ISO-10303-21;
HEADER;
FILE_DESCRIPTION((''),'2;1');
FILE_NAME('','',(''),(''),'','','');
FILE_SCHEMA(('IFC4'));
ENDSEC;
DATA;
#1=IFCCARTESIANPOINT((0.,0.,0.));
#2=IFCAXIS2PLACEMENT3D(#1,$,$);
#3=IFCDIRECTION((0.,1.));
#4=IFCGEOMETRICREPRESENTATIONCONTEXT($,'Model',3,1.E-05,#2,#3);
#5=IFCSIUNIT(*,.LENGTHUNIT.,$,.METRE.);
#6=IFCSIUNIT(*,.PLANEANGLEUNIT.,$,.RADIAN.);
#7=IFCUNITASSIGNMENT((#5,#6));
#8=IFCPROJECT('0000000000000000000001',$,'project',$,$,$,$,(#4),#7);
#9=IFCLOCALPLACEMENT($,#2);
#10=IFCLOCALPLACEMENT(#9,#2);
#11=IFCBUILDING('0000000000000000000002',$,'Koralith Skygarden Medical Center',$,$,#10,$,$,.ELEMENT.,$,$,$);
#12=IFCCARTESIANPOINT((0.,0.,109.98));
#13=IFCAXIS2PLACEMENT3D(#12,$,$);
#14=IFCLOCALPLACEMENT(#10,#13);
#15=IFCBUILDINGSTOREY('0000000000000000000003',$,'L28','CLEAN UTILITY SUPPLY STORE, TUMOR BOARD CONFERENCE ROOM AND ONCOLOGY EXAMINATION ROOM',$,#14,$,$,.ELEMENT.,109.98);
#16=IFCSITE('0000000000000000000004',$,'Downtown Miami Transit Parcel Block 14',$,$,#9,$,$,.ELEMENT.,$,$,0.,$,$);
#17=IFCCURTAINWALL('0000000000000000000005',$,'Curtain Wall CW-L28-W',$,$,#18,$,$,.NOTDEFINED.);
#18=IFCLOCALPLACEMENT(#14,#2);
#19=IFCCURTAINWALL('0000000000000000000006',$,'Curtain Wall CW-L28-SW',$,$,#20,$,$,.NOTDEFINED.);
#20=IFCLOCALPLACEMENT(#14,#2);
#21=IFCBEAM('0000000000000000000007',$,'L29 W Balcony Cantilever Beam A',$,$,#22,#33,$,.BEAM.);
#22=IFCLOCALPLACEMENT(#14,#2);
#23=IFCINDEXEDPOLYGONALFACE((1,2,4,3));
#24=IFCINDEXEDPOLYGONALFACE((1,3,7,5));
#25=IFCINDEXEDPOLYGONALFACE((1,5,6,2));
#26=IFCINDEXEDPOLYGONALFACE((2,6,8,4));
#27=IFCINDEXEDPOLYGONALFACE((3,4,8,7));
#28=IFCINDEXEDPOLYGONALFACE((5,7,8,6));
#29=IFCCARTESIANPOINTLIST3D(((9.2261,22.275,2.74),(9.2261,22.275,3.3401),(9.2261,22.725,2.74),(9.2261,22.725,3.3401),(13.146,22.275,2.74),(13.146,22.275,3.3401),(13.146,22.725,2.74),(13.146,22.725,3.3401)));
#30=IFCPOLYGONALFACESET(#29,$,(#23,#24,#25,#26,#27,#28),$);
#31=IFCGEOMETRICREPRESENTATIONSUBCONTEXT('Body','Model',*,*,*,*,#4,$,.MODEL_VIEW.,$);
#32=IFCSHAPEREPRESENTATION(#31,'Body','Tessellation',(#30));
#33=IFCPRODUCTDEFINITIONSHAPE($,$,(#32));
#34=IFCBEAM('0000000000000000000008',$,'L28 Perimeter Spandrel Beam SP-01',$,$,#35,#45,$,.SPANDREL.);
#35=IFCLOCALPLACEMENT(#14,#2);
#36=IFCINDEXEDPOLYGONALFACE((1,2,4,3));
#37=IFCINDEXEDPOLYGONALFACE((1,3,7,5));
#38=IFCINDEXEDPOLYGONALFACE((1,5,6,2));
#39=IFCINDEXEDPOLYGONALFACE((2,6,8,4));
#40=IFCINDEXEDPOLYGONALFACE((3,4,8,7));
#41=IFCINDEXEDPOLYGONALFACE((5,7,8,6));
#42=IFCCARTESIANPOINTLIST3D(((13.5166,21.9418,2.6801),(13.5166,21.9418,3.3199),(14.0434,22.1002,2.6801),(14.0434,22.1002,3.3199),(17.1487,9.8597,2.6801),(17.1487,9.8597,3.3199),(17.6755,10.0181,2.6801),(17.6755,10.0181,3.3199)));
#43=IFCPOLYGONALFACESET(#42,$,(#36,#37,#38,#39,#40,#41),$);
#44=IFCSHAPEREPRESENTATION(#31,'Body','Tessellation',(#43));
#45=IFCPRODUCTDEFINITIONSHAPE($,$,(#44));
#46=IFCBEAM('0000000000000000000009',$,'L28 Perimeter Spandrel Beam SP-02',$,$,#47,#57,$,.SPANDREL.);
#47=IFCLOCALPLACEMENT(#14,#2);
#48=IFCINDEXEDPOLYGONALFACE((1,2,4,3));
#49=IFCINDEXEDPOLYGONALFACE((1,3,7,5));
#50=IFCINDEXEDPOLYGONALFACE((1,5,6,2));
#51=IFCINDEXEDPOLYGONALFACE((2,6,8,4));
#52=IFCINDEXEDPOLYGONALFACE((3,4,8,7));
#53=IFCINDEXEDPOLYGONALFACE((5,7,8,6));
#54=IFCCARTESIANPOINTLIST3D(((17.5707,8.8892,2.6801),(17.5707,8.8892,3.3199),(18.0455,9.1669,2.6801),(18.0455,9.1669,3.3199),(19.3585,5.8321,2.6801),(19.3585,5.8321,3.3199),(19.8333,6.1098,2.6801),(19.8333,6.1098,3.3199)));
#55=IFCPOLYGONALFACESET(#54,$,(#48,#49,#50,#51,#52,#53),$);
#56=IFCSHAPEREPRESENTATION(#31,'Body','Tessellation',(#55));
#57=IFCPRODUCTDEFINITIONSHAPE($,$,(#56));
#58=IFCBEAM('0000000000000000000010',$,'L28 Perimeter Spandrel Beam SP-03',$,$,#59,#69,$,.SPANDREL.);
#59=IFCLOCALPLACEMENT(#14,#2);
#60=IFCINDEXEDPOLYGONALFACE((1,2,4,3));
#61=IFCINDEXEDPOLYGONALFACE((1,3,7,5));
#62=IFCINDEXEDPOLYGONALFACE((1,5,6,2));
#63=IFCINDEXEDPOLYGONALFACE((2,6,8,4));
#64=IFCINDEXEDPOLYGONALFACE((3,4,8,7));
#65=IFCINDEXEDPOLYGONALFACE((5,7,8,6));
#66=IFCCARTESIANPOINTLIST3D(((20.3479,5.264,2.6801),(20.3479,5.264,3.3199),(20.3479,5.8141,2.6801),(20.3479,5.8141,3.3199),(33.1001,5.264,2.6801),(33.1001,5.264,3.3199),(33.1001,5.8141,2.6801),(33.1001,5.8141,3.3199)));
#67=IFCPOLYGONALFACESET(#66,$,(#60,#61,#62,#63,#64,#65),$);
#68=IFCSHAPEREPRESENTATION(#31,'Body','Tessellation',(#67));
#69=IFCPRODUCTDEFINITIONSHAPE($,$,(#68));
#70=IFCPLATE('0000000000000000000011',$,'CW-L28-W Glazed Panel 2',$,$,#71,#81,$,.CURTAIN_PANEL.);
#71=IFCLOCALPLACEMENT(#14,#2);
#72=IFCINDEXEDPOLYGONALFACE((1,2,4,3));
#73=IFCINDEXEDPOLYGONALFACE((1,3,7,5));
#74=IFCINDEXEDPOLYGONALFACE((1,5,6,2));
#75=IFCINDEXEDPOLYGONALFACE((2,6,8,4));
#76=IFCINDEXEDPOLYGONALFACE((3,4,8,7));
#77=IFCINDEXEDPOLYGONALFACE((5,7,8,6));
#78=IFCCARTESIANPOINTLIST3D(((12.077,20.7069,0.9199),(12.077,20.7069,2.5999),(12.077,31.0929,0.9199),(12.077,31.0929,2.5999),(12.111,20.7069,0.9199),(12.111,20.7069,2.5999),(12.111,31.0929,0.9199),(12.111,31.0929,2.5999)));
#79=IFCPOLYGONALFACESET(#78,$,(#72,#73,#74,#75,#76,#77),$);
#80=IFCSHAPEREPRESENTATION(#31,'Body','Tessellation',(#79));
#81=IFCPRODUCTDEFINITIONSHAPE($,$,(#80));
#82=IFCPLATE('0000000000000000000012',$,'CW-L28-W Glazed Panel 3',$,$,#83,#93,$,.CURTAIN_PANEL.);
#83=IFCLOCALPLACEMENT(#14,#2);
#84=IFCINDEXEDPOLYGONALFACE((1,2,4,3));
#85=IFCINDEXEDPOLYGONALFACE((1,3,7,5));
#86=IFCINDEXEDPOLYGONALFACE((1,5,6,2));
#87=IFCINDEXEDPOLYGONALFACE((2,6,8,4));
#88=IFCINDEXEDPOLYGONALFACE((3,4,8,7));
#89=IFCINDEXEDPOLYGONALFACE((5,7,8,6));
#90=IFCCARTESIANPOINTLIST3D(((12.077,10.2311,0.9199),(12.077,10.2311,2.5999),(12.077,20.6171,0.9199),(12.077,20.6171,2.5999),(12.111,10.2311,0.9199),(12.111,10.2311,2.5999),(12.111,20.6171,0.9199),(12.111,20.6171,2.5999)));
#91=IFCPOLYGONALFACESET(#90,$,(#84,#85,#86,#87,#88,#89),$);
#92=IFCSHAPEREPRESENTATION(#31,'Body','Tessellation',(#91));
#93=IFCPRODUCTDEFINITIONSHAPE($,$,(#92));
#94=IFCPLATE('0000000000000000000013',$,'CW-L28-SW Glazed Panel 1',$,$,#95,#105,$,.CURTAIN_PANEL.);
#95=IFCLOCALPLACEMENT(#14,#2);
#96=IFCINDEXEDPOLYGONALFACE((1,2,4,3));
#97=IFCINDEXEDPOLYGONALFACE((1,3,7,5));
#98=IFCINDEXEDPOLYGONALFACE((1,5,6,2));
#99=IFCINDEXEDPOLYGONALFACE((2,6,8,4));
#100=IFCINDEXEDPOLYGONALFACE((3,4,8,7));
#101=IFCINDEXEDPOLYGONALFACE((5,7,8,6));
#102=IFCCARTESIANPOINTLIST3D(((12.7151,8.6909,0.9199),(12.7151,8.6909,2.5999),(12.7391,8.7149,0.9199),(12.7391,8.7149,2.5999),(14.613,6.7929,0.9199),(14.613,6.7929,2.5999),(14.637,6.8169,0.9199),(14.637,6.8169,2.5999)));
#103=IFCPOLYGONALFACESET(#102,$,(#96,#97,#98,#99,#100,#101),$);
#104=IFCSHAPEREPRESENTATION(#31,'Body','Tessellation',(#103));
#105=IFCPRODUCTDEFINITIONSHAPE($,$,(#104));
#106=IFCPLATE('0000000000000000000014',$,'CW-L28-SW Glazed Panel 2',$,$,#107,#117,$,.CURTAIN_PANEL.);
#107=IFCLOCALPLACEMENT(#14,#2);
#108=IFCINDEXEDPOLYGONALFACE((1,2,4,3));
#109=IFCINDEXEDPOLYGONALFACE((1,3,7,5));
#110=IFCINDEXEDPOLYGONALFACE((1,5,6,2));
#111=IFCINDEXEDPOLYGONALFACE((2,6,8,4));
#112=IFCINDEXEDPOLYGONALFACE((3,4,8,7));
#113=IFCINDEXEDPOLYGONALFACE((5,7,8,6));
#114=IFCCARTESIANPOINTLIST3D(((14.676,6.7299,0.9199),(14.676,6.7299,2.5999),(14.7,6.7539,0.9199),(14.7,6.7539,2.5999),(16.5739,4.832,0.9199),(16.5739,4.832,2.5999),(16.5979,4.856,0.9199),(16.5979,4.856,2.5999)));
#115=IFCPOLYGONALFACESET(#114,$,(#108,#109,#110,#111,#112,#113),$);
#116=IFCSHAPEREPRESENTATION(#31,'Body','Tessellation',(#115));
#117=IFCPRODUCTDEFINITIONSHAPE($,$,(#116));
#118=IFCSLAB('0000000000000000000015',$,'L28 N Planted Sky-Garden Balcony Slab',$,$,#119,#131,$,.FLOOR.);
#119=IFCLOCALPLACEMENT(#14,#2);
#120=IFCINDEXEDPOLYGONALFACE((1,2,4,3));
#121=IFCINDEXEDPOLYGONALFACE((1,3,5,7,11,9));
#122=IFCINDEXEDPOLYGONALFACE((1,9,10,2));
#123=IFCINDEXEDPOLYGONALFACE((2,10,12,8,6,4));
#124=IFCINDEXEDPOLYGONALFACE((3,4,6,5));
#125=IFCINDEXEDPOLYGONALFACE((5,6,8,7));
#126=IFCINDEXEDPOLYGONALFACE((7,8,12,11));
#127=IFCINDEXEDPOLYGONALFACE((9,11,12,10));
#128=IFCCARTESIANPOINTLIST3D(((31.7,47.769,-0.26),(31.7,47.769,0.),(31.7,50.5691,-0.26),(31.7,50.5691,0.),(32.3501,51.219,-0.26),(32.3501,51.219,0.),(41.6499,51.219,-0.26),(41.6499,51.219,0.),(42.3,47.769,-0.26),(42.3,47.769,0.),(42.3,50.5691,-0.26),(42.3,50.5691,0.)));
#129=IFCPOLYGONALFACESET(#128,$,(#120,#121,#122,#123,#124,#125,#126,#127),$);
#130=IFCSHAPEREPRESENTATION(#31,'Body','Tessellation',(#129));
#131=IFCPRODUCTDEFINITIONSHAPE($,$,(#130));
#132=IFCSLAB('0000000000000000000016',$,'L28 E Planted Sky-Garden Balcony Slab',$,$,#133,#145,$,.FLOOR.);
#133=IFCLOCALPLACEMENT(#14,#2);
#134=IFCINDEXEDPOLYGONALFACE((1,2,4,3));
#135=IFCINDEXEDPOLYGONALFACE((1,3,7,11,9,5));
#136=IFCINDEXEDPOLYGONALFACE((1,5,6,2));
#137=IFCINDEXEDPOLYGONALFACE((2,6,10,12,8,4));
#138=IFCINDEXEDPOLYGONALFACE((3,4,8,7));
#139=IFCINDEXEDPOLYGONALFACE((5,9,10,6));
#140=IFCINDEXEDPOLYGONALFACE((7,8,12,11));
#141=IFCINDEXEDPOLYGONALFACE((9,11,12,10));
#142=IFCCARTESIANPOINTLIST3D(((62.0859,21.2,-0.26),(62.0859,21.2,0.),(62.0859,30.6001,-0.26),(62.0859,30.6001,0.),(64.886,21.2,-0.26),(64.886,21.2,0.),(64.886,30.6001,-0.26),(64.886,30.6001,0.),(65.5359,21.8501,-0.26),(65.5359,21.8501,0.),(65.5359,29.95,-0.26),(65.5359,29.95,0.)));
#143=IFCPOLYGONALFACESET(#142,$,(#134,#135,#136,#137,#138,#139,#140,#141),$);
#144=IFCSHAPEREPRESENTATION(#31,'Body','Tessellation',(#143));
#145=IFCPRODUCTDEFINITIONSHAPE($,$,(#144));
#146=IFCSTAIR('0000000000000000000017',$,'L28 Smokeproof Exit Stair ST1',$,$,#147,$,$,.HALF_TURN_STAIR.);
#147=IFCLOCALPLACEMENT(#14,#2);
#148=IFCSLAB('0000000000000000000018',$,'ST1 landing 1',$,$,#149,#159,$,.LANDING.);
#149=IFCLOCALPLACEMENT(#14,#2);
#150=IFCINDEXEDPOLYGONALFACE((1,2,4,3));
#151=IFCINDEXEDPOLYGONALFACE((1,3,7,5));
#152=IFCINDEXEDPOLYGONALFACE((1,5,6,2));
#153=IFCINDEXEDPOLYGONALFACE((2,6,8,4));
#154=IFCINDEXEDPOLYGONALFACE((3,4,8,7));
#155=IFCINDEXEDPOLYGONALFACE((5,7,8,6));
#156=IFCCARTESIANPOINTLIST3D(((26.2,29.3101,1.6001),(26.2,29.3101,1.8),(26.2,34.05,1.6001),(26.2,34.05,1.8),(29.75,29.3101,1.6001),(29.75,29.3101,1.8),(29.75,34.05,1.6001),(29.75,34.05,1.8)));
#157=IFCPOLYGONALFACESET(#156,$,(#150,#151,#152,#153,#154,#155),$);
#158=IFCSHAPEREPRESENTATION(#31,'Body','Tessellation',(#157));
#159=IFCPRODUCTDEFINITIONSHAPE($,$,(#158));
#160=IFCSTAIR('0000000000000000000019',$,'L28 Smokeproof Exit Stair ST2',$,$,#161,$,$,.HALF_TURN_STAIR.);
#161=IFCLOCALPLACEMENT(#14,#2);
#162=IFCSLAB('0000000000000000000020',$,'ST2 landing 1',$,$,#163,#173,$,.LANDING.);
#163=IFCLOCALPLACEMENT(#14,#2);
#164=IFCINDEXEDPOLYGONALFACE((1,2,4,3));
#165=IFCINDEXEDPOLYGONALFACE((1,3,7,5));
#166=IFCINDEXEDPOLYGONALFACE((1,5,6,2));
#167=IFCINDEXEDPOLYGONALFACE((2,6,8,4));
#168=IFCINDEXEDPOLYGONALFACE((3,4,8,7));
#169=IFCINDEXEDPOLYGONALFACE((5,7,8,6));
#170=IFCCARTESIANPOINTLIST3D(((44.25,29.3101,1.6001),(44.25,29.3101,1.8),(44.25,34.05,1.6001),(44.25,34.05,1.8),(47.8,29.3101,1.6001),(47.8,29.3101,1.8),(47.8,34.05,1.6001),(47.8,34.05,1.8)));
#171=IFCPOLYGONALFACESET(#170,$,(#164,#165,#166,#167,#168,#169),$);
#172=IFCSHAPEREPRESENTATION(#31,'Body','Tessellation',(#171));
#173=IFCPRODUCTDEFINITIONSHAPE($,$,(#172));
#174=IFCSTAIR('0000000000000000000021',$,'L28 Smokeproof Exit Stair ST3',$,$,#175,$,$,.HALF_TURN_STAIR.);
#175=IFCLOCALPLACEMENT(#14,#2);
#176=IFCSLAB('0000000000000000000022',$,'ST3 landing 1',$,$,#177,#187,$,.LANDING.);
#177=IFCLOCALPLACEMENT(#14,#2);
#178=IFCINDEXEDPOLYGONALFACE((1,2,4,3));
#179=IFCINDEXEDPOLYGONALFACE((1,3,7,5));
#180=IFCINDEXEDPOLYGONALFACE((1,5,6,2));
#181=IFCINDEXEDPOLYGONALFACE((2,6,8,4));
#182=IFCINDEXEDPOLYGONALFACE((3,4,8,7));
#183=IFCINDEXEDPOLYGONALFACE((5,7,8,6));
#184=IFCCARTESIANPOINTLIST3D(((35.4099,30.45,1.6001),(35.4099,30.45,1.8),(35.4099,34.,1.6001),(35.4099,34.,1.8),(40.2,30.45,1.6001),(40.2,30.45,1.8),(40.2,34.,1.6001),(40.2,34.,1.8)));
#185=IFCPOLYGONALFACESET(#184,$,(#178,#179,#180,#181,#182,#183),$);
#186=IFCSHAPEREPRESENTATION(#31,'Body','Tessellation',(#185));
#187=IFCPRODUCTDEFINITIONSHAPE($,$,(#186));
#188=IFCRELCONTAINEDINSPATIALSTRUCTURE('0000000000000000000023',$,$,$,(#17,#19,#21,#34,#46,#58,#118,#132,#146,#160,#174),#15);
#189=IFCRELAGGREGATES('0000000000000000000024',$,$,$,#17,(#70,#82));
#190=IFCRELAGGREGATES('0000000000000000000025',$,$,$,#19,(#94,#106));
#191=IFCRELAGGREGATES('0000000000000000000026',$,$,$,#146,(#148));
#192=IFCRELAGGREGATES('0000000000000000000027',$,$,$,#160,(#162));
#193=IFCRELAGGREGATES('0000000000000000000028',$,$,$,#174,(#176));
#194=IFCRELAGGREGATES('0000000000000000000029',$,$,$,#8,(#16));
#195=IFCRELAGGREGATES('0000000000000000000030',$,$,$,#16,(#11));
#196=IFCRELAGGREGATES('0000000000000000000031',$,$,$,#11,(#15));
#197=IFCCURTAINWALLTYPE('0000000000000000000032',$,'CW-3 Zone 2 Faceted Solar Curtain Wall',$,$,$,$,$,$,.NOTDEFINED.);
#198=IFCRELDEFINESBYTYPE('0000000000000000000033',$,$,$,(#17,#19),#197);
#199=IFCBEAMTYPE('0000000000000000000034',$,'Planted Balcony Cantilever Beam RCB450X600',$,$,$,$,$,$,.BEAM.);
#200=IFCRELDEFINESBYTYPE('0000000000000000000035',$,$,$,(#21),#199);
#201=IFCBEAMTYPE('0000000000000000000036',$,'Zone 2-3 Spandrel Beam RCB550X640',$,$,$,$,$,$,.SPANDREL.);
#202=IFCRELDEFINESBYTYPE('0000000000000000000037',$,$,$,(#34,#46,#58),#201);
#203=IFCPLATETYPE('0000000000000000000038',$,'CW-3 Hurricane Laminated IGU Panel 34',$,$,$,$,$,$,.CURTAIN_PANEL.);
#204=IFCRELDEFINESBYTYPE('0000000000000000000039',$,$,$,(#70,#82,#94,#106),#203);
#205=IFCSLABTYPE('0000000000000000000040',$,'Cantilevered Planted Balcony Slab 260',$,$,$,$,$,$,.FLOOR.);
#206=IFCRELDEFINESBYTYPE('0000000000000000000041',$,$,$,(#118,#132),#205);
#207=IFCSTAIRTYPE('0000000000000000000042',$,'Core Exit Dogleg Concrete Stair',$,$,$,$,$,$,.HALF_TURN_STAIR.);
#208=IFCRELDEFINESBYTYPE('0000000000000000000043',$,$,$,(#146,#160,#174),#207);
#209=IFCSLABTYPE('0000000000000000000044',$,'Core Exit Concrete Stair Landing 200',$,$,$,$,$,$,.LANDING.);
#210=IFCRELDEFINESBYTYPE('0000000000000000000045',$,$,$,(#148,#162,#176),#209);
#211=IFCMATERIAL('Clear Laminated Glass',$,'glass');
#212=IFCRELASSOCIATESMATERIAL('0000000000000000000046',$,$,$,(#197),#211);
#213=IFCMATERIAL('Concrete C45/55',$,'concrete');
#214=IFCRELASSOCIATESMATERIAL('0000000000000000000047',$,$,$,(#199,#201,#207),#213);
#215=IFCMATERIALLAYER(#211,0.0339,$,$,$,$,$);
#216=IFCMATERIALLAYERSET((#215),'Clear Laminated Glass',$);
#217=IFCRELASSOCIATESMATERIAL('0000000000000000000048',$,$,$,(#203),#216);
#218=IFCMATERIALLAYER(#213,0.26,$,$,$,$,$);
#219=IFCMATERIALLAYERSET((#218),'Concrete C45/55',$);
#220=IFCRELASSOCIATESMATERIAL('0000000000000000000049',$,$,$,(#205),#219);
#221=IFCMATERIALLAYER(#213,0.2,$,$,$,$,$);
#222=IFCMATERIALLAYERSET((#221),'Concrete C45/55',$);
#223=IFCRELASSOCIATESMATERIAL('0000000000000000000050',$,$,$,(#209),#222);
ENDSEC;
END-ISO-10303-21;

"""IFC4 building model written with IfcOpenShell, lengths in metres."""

from ifc_helpers import new_model, si_unit, direction, frame, origin, origin_2d, place, context, subcontext, project, spatial, polyline, rectangle, outline, extrude, material, layer, layer_set, material_profile, profile_set, type_object, element, aggregate, save


model = new_model("IFC4")

# Units and contexts
model_context = context("Model", 3, precision=1e-05, world=origin(), true_north=direction((0.0, 1.0)))
body_context = subcontext(model_context, "Body", "Model", "MODEL_VIEW")
ifc_project = project(units=[si_unit("LENGTHUNIT", "METRE"), si_unit("PLANEANGLEUNIT", "RADIAN")], contexts=[model_context])

# Site, building, storey
site_placement = place(None, origin())
site = spatial("IfcSite", under=ifc_project, at=site_placement, Name="Downtown Miami Transit Parcel Block 14", CompositionType="ELEMENT", RefElevation=0.0)
building_placement = place(site_placement, origin())
building = spatial("IfcBuilding", under=site, at=building_placement, Name="Koralith Skygarden Medical Center", CompositionType="ELEMENT")
storey_placement = place(building_placement, frame((0.0, 0.0, 109.98)))
storey = spatial("IfcBuildingStorey", under=building, at=storey_placement, Name="L28", Description="CLEAN UTILITY SUPPLY STORE, TUMOR BOARD CONFERENCE ROOM AND ONCOLOGY EXAMINATION ROOM", CompositionType="ELEMENT", Elevation=109.98)

# Shared definitions
ifc_material_1 = material(Name="Clear Laminated Glass", Category="glass")
curtain_wall_type = type_object("IfcCurtainWallType", Name="CW-3 Zone 2 Faceted Solar Curtain Wall", PredefinedType="NOTDEFINED", material=ifc_material_1)

# Curtain walls
curtain_wall_1_placement = place(storey_placement, origin())
curtain_wall_1 = element("IfcCurtainWall", 1, at=curtain_wall_1_placement, inside=storey, type_object=curtain_wall_type, Name="Curtain Wall CW-L28-W", PredefinedType="NOTDEFINED")
curtain_wall_2_placement = place(storey_placement, origin())
curtain_wall_2 = element("IfcCurtainWall", 2, at=curtain_wall_2_placement, inside=storey, type_object=curtain_wall_type, Name="Curtain Wall CW-L28-SW", PredefinedType="NOTDEFINED")

# Beams
ifc_material_2 = material(Name="Concrete C45/55", Category="concrete")
ifc_material_profile_1 = material_profile(ifc_material_2, rectangle(XDim=0.45, YDim=0.6001, at=origin_2d()), Name="RCB450X600")
ifc_profile_set_1 = profile_set([ifc_material_profile_1], Name="Concrete C45/55")
beam_type_1 = type_object("IfcBeamType", Name="Planted Balcony Cantilever Beam RCB450X600", PredefinedType="BEAM", material=ifc_profile_set_1)
beam_1_placement = place(storey_placement, frame((13.146, 22.5, 3.04), z_axis=(-1.0, 0.0, 0.0), x_axis=(0.0, -1.0, 0.0)))
element("IfcBeam", 3, at=beam_1_placement, inside=storey, type_object=beam_type_1, Name="L29 W Balcony Cantilever Beam A", PredefinedType="BEAM", context=body_context, shape_type="SweptSolid", body=[
    extrude(rectangle(XDim=0.45, YDim=0.6001, at=origin_2d()), origin(), (0.0, 0.0, 1.0), 3.9199),
])
ifc_material_profile_2 = material_profile(ifc_material_2, rectangle(XDim=0.55, YDim=0.6399, at=origin_2d()), Name="RCB550X640")
ifc_profile_set_2 = profile_set([ifc_material_profile_2], Name="Concrete C45/55")
beam_type_2 = type_object("IfcBeamType", Name="Zone 2-3 Spandrel Beam RCB550X640", PredefinedType="SPANDREL", material=ifc_profile_set_2)
beam_2_placement = place(storey_placement, frame((13.78, 22.021, 3.0), z_axis=(0.287891, -0.957663, 0.0), x_axis=(0.957663, 0.287891, 0.0)))
element("IfcBeam", 4, at=beam_2_placement, inside=storey, type_object=beam_type_2, Name="L28 Perimeter Spandrel Beam SP-01", PredefinedType="SPANDREL", context=body_context, shape_type="SweptSolid", body=[
    extrude(rectangle(XDim=0.55, YDim=0.6399, at=origin_2d()), origin(), (0.0, 0.0, 1.0), 12.6162),
])
beam_3_placement = place(storey_placement, frame((17.8081, 9.0281, 3.0), z_axis=(0.504822, -0.863223, 0.0), x_axis=(0.863223, 0.504822, 0.0)))
element("IfcBeam", 5, at=beam_3_placement, inside=storey, type_object=beam_type_2, Name="L28 Perimeter Spandrel Beam SP-02", PredefinedType="SPANDREL", context=body_context, shape_type="SweptSolid", body=[
    extrude(rectangle(XDim=0.55, YDim=0.6399, at=origin_2d()), origin(), (0.0, 0.0, 1.0), 3.5415),
])
beam_4_placement = place(storey_placement, frame((20.3479, 5.5391, 3.0), z_axis=(1.0, 0.0, 0.0), x_axis=(0.0, 1.0, 0.0)))
element("IfcBeam", 6, at=beam_4_placement, inside=storey, type_object=beam_type_2, Name="L28 Perimeter Spandrel Beam SP-03", PredefinedType="SPANDREL", context=body_context, shape_type="SweptSolid", body=[
    extrude(rectangle(XDim=0.55, YDim=0.6399, at=origin_2d()), origin(), (0.0, 0.0, 1.0), 12.7522),
])

# Plates
ifc_layer_1 = layer(ifc_material_1, 0.0339)
ifc_layer_set_1 = layer_set([ifc_layer_1], Name="Clear Laminated Glass")
plate_type_1 = type_object("IfcPlateType", Name="CW-3 Hurricane Laminated IGU Panel 34", PredefinedType="CURTAIN_PANEL", material=ifc_layer_set_1)
plate_1_placement = place(storey_placement, frame((12.094, 25.8999, 0.9199), z_axis=(0.0, 0.0, 1.0), x_axis=(0.0, -1.0, 0.0)))
plate_1 = element("IfcPlate", 7, at=plate_1_placement, type_object=plate_type_1, Name="CW-L28-W Glazed Panel 2", PredefinedType="CURTAIN_PANEL", context=body_context, shape_type="SweptSolid", body=[
    extrude(rectangle(XDim=10.386, YDim=0.0339, at=origin_2d()), origin(), (0.0, 0.0, 1.0), 1.6799),
])
plate_2_placement = place(storey_placement, frame((12.094, 15.4241, 0.9199), z_axis=(0.0, 0.0, 1.0), x_axis=(0.0, -1.0, 0.0)))
plate_2 = element("IfcPlate", 8, at=plate_2_placement, type_object=plate_type_1, Name="CW-L28-W Glazed Panel 3", PredefinedType="CURTAIN_PANEL", context=body_context, shape_type="SweptSolid", body=[
    extrude(rectangle(XDim=10.386, YDim=0.0339, at=origin_2d()), origin(), (0.0, 0.0, 1.0), 1.6799),
])
aggregate(curtain_wall_1, [plate_1, plate_2])
plate_3_placement = place(storey_placement, frame((13.676, 7.7539, 0.9199), z_axis=(0.0, 0.0, 1.0), x_axis=(0.707107, -0.707107, 0.0)))
plate_3 = element("IfcPlate", 9, at=plate_3_placement, type_object=plate_type_1, Name="CW-L28-SW Glazed Panel 1", PredefinedType="CURTAIN_PANEL", context=body_context, shape_type="SweptSolid", body=[
    extrude(rectangle(XDim=2.6841, YDim=0.0339, at=origin_2d()), origin(), (0.0, 0.0, 1.0), 1.6799),
])
plate_4_placement = place(storey_placement, frame((15.637, 5.793, 0.9199), z_axis=(0.0, 0.0, 1.0), x_axis=(0.707107, -0.707107, 0.0)))
plate_4 = element("IfcPlate", 10, at=plate_4_placement, type_object=plate_type_1, Name="CW-L28-SW Glazed Panel 2", PredefinedType="CURTAIN_PANEL", context=body_context, shape_type="SweptSolid", body=[
    extrude(rectangle(XDim=2.6841, YDim=0.0339, at=origin_2d()), origin(), (0.0, 0.0, 1.0), 1.6799),
])
aggregate(curtain_wall_2, [plate_3, plate_4])

# Slabs
ifc_layer_2 = layer(ifc_material_2, 0.26)
ifc_layer_set_2 = layer_set([ifc_layer_2], Name="Concrete C45/55")
slab_type_1 = type_object("IfcSlabType", Name="Cantilevered Planted Balcony Slab 260", PredefinedType="FLOOR", material=ifc_layer_set_2)
slab_1_placement = place(storey_placement, frame((0.0, 0.0, -0.26)))
element("IfcSlab", 11, at=slab_1_placement, inside=storey, type_object=slab_type_1, Name="L28 N Planted Sky-Garden Balcony Slab", PredefinedType="FLOOR", context=body_context, shape_type="SweptSolid", body=[
    extrude(outline(polyline([(31.7, 47.769), (42.3, 47.769), (42.3, 50.5691), (41.6499, 51.219), (32.3501, 51.219), (31.7, 50.5691), (31.7, 47.769)])), origin(), (0.0, 0.0, 1.0), 0.26),
])
slab_2_placement = place(storey_placement, frame((0.0, 0.0, -0.26)))
element("IfcSlab", 12, at=slab_2_placement, inside=storey, type_object=slab_type_1, Name="L28 E Planted Sky-Garden Balcony Slab", PredefinedType="FLOOR", context=body_context, shape_type="SweptSolid", body=[
    extrude(outline(polyline([(62.0859, 21.2), (64.886, 21.2), (65.5359, 21.8501), (65.5359, 29.95), (64.886, 30.6001), (62.0859, 30.6001), (62.0859, 21.2)])), origin(), (0.0, 0.0, 1.0), 0.26),
])

# Stairs, slabs
stair_type = type_object("IfcStairType", Name="Core Exit Dogleg Concrete Stair", PredefinedType="HALF_TURN_STAIR", material=ifc_material_2)
stair_1_placement = place(storey_placement, origin())
stair_1 = element("IfcStair", 13, at=stair_1_placement, inside=storey, type_object=stair_type, Name="L28 Smokeproof Exit Stair ST1", PredefinedType="HALF_TURN_STAIR")
ifc_layer_3 = layer(ifc_material_2, 0.2)
ifc_layer_set_3 = layer_set([ifc_layer_3], Name="Concrete C45/55")
slab_type_2 = type_object("IfcSlabType", Name="Core Exit Concrete Stair Landing 200", PredefinedType="LANDING", material=ifc_layer_set_3)
slab_3_placement = place(storey_placement, frame((0.0, 0.0, 1.6001)))
slab_3 = element("IfcSlab", 14, at=slab_3_placement, type_object=slab_type_2, Name="ST1 landing 1", PredefinedType="LANDING", context=body_context, shape_type="SweptSolid", body=[
    extrude(outline(polyline([(29.75, 29.3101), (29.75, 34.05), (26.2, 34.05), (26.2, 29.3101), (29.75, 29.3101)])), origin(), (0.0, 0.0, 1.0), 0.2),
])
aggregate(stair_1, [slab_3])
stair_2_placement = place(storey_placement, origin())
stair_2 = element("IfcStair", 15, at=stair_2_placement, inside=storey, type_object=stair_type, Name="L28 Smokeproof Exit Stair ST2", PredefinedType="HALF_TURN_STAIR")
slab_4_placement = place(storey_placement, frame((0.0, 0.0, 1.6001)))
slab_4 = element("IfcSlab", 16, at=slab_4_placement, type_object=slab_type_2, Name="ST2 landing 1", PredefinedType="LANDING", context=body_context, shape_type="SweptSolid", body=[
    extrude(outline(polyline([(47.8, 29.3101), (47.8, 34.05), (44.25, 34.05), (44.25, 29.3101), (47.8, 29.3101)])), origin(), (0.0, 0.0, 1.0), 0.2),
])
aggregate(stair_2, [slab_4])
stair_3_placement = place(storey_placement, origin())
stair_3 = element("IfcStair", 17, at=stair_3_placement, inside=storey, type_object=stair_type, Name="L28 Smokeproof Exit Stair ST3", PredefinedType="HALF_TURN_STAIR")
slab_5_placement = place(storey_placement, frame((0.0, 0.0, 1.6001)))
slab_5 = element("IfcSlab", 18, at=slab_5_placement, type_object=slab_type_2, Name="ST3 landing 1", PredefinedType="LANDING", context=body_context, shape_type="SweptSolid", body=[
    extrude(outline(polyline([(35.4099, 30.45), (40.2, 30.45), (40.2, 34.0), (35.4099, 34.0), (35.4099, 30.45)])), origin(), (0.0, 0.0, 1.0), 0.2),
])
aggregate(stair_3, [slab_5])

save(model, "model.ifc")
